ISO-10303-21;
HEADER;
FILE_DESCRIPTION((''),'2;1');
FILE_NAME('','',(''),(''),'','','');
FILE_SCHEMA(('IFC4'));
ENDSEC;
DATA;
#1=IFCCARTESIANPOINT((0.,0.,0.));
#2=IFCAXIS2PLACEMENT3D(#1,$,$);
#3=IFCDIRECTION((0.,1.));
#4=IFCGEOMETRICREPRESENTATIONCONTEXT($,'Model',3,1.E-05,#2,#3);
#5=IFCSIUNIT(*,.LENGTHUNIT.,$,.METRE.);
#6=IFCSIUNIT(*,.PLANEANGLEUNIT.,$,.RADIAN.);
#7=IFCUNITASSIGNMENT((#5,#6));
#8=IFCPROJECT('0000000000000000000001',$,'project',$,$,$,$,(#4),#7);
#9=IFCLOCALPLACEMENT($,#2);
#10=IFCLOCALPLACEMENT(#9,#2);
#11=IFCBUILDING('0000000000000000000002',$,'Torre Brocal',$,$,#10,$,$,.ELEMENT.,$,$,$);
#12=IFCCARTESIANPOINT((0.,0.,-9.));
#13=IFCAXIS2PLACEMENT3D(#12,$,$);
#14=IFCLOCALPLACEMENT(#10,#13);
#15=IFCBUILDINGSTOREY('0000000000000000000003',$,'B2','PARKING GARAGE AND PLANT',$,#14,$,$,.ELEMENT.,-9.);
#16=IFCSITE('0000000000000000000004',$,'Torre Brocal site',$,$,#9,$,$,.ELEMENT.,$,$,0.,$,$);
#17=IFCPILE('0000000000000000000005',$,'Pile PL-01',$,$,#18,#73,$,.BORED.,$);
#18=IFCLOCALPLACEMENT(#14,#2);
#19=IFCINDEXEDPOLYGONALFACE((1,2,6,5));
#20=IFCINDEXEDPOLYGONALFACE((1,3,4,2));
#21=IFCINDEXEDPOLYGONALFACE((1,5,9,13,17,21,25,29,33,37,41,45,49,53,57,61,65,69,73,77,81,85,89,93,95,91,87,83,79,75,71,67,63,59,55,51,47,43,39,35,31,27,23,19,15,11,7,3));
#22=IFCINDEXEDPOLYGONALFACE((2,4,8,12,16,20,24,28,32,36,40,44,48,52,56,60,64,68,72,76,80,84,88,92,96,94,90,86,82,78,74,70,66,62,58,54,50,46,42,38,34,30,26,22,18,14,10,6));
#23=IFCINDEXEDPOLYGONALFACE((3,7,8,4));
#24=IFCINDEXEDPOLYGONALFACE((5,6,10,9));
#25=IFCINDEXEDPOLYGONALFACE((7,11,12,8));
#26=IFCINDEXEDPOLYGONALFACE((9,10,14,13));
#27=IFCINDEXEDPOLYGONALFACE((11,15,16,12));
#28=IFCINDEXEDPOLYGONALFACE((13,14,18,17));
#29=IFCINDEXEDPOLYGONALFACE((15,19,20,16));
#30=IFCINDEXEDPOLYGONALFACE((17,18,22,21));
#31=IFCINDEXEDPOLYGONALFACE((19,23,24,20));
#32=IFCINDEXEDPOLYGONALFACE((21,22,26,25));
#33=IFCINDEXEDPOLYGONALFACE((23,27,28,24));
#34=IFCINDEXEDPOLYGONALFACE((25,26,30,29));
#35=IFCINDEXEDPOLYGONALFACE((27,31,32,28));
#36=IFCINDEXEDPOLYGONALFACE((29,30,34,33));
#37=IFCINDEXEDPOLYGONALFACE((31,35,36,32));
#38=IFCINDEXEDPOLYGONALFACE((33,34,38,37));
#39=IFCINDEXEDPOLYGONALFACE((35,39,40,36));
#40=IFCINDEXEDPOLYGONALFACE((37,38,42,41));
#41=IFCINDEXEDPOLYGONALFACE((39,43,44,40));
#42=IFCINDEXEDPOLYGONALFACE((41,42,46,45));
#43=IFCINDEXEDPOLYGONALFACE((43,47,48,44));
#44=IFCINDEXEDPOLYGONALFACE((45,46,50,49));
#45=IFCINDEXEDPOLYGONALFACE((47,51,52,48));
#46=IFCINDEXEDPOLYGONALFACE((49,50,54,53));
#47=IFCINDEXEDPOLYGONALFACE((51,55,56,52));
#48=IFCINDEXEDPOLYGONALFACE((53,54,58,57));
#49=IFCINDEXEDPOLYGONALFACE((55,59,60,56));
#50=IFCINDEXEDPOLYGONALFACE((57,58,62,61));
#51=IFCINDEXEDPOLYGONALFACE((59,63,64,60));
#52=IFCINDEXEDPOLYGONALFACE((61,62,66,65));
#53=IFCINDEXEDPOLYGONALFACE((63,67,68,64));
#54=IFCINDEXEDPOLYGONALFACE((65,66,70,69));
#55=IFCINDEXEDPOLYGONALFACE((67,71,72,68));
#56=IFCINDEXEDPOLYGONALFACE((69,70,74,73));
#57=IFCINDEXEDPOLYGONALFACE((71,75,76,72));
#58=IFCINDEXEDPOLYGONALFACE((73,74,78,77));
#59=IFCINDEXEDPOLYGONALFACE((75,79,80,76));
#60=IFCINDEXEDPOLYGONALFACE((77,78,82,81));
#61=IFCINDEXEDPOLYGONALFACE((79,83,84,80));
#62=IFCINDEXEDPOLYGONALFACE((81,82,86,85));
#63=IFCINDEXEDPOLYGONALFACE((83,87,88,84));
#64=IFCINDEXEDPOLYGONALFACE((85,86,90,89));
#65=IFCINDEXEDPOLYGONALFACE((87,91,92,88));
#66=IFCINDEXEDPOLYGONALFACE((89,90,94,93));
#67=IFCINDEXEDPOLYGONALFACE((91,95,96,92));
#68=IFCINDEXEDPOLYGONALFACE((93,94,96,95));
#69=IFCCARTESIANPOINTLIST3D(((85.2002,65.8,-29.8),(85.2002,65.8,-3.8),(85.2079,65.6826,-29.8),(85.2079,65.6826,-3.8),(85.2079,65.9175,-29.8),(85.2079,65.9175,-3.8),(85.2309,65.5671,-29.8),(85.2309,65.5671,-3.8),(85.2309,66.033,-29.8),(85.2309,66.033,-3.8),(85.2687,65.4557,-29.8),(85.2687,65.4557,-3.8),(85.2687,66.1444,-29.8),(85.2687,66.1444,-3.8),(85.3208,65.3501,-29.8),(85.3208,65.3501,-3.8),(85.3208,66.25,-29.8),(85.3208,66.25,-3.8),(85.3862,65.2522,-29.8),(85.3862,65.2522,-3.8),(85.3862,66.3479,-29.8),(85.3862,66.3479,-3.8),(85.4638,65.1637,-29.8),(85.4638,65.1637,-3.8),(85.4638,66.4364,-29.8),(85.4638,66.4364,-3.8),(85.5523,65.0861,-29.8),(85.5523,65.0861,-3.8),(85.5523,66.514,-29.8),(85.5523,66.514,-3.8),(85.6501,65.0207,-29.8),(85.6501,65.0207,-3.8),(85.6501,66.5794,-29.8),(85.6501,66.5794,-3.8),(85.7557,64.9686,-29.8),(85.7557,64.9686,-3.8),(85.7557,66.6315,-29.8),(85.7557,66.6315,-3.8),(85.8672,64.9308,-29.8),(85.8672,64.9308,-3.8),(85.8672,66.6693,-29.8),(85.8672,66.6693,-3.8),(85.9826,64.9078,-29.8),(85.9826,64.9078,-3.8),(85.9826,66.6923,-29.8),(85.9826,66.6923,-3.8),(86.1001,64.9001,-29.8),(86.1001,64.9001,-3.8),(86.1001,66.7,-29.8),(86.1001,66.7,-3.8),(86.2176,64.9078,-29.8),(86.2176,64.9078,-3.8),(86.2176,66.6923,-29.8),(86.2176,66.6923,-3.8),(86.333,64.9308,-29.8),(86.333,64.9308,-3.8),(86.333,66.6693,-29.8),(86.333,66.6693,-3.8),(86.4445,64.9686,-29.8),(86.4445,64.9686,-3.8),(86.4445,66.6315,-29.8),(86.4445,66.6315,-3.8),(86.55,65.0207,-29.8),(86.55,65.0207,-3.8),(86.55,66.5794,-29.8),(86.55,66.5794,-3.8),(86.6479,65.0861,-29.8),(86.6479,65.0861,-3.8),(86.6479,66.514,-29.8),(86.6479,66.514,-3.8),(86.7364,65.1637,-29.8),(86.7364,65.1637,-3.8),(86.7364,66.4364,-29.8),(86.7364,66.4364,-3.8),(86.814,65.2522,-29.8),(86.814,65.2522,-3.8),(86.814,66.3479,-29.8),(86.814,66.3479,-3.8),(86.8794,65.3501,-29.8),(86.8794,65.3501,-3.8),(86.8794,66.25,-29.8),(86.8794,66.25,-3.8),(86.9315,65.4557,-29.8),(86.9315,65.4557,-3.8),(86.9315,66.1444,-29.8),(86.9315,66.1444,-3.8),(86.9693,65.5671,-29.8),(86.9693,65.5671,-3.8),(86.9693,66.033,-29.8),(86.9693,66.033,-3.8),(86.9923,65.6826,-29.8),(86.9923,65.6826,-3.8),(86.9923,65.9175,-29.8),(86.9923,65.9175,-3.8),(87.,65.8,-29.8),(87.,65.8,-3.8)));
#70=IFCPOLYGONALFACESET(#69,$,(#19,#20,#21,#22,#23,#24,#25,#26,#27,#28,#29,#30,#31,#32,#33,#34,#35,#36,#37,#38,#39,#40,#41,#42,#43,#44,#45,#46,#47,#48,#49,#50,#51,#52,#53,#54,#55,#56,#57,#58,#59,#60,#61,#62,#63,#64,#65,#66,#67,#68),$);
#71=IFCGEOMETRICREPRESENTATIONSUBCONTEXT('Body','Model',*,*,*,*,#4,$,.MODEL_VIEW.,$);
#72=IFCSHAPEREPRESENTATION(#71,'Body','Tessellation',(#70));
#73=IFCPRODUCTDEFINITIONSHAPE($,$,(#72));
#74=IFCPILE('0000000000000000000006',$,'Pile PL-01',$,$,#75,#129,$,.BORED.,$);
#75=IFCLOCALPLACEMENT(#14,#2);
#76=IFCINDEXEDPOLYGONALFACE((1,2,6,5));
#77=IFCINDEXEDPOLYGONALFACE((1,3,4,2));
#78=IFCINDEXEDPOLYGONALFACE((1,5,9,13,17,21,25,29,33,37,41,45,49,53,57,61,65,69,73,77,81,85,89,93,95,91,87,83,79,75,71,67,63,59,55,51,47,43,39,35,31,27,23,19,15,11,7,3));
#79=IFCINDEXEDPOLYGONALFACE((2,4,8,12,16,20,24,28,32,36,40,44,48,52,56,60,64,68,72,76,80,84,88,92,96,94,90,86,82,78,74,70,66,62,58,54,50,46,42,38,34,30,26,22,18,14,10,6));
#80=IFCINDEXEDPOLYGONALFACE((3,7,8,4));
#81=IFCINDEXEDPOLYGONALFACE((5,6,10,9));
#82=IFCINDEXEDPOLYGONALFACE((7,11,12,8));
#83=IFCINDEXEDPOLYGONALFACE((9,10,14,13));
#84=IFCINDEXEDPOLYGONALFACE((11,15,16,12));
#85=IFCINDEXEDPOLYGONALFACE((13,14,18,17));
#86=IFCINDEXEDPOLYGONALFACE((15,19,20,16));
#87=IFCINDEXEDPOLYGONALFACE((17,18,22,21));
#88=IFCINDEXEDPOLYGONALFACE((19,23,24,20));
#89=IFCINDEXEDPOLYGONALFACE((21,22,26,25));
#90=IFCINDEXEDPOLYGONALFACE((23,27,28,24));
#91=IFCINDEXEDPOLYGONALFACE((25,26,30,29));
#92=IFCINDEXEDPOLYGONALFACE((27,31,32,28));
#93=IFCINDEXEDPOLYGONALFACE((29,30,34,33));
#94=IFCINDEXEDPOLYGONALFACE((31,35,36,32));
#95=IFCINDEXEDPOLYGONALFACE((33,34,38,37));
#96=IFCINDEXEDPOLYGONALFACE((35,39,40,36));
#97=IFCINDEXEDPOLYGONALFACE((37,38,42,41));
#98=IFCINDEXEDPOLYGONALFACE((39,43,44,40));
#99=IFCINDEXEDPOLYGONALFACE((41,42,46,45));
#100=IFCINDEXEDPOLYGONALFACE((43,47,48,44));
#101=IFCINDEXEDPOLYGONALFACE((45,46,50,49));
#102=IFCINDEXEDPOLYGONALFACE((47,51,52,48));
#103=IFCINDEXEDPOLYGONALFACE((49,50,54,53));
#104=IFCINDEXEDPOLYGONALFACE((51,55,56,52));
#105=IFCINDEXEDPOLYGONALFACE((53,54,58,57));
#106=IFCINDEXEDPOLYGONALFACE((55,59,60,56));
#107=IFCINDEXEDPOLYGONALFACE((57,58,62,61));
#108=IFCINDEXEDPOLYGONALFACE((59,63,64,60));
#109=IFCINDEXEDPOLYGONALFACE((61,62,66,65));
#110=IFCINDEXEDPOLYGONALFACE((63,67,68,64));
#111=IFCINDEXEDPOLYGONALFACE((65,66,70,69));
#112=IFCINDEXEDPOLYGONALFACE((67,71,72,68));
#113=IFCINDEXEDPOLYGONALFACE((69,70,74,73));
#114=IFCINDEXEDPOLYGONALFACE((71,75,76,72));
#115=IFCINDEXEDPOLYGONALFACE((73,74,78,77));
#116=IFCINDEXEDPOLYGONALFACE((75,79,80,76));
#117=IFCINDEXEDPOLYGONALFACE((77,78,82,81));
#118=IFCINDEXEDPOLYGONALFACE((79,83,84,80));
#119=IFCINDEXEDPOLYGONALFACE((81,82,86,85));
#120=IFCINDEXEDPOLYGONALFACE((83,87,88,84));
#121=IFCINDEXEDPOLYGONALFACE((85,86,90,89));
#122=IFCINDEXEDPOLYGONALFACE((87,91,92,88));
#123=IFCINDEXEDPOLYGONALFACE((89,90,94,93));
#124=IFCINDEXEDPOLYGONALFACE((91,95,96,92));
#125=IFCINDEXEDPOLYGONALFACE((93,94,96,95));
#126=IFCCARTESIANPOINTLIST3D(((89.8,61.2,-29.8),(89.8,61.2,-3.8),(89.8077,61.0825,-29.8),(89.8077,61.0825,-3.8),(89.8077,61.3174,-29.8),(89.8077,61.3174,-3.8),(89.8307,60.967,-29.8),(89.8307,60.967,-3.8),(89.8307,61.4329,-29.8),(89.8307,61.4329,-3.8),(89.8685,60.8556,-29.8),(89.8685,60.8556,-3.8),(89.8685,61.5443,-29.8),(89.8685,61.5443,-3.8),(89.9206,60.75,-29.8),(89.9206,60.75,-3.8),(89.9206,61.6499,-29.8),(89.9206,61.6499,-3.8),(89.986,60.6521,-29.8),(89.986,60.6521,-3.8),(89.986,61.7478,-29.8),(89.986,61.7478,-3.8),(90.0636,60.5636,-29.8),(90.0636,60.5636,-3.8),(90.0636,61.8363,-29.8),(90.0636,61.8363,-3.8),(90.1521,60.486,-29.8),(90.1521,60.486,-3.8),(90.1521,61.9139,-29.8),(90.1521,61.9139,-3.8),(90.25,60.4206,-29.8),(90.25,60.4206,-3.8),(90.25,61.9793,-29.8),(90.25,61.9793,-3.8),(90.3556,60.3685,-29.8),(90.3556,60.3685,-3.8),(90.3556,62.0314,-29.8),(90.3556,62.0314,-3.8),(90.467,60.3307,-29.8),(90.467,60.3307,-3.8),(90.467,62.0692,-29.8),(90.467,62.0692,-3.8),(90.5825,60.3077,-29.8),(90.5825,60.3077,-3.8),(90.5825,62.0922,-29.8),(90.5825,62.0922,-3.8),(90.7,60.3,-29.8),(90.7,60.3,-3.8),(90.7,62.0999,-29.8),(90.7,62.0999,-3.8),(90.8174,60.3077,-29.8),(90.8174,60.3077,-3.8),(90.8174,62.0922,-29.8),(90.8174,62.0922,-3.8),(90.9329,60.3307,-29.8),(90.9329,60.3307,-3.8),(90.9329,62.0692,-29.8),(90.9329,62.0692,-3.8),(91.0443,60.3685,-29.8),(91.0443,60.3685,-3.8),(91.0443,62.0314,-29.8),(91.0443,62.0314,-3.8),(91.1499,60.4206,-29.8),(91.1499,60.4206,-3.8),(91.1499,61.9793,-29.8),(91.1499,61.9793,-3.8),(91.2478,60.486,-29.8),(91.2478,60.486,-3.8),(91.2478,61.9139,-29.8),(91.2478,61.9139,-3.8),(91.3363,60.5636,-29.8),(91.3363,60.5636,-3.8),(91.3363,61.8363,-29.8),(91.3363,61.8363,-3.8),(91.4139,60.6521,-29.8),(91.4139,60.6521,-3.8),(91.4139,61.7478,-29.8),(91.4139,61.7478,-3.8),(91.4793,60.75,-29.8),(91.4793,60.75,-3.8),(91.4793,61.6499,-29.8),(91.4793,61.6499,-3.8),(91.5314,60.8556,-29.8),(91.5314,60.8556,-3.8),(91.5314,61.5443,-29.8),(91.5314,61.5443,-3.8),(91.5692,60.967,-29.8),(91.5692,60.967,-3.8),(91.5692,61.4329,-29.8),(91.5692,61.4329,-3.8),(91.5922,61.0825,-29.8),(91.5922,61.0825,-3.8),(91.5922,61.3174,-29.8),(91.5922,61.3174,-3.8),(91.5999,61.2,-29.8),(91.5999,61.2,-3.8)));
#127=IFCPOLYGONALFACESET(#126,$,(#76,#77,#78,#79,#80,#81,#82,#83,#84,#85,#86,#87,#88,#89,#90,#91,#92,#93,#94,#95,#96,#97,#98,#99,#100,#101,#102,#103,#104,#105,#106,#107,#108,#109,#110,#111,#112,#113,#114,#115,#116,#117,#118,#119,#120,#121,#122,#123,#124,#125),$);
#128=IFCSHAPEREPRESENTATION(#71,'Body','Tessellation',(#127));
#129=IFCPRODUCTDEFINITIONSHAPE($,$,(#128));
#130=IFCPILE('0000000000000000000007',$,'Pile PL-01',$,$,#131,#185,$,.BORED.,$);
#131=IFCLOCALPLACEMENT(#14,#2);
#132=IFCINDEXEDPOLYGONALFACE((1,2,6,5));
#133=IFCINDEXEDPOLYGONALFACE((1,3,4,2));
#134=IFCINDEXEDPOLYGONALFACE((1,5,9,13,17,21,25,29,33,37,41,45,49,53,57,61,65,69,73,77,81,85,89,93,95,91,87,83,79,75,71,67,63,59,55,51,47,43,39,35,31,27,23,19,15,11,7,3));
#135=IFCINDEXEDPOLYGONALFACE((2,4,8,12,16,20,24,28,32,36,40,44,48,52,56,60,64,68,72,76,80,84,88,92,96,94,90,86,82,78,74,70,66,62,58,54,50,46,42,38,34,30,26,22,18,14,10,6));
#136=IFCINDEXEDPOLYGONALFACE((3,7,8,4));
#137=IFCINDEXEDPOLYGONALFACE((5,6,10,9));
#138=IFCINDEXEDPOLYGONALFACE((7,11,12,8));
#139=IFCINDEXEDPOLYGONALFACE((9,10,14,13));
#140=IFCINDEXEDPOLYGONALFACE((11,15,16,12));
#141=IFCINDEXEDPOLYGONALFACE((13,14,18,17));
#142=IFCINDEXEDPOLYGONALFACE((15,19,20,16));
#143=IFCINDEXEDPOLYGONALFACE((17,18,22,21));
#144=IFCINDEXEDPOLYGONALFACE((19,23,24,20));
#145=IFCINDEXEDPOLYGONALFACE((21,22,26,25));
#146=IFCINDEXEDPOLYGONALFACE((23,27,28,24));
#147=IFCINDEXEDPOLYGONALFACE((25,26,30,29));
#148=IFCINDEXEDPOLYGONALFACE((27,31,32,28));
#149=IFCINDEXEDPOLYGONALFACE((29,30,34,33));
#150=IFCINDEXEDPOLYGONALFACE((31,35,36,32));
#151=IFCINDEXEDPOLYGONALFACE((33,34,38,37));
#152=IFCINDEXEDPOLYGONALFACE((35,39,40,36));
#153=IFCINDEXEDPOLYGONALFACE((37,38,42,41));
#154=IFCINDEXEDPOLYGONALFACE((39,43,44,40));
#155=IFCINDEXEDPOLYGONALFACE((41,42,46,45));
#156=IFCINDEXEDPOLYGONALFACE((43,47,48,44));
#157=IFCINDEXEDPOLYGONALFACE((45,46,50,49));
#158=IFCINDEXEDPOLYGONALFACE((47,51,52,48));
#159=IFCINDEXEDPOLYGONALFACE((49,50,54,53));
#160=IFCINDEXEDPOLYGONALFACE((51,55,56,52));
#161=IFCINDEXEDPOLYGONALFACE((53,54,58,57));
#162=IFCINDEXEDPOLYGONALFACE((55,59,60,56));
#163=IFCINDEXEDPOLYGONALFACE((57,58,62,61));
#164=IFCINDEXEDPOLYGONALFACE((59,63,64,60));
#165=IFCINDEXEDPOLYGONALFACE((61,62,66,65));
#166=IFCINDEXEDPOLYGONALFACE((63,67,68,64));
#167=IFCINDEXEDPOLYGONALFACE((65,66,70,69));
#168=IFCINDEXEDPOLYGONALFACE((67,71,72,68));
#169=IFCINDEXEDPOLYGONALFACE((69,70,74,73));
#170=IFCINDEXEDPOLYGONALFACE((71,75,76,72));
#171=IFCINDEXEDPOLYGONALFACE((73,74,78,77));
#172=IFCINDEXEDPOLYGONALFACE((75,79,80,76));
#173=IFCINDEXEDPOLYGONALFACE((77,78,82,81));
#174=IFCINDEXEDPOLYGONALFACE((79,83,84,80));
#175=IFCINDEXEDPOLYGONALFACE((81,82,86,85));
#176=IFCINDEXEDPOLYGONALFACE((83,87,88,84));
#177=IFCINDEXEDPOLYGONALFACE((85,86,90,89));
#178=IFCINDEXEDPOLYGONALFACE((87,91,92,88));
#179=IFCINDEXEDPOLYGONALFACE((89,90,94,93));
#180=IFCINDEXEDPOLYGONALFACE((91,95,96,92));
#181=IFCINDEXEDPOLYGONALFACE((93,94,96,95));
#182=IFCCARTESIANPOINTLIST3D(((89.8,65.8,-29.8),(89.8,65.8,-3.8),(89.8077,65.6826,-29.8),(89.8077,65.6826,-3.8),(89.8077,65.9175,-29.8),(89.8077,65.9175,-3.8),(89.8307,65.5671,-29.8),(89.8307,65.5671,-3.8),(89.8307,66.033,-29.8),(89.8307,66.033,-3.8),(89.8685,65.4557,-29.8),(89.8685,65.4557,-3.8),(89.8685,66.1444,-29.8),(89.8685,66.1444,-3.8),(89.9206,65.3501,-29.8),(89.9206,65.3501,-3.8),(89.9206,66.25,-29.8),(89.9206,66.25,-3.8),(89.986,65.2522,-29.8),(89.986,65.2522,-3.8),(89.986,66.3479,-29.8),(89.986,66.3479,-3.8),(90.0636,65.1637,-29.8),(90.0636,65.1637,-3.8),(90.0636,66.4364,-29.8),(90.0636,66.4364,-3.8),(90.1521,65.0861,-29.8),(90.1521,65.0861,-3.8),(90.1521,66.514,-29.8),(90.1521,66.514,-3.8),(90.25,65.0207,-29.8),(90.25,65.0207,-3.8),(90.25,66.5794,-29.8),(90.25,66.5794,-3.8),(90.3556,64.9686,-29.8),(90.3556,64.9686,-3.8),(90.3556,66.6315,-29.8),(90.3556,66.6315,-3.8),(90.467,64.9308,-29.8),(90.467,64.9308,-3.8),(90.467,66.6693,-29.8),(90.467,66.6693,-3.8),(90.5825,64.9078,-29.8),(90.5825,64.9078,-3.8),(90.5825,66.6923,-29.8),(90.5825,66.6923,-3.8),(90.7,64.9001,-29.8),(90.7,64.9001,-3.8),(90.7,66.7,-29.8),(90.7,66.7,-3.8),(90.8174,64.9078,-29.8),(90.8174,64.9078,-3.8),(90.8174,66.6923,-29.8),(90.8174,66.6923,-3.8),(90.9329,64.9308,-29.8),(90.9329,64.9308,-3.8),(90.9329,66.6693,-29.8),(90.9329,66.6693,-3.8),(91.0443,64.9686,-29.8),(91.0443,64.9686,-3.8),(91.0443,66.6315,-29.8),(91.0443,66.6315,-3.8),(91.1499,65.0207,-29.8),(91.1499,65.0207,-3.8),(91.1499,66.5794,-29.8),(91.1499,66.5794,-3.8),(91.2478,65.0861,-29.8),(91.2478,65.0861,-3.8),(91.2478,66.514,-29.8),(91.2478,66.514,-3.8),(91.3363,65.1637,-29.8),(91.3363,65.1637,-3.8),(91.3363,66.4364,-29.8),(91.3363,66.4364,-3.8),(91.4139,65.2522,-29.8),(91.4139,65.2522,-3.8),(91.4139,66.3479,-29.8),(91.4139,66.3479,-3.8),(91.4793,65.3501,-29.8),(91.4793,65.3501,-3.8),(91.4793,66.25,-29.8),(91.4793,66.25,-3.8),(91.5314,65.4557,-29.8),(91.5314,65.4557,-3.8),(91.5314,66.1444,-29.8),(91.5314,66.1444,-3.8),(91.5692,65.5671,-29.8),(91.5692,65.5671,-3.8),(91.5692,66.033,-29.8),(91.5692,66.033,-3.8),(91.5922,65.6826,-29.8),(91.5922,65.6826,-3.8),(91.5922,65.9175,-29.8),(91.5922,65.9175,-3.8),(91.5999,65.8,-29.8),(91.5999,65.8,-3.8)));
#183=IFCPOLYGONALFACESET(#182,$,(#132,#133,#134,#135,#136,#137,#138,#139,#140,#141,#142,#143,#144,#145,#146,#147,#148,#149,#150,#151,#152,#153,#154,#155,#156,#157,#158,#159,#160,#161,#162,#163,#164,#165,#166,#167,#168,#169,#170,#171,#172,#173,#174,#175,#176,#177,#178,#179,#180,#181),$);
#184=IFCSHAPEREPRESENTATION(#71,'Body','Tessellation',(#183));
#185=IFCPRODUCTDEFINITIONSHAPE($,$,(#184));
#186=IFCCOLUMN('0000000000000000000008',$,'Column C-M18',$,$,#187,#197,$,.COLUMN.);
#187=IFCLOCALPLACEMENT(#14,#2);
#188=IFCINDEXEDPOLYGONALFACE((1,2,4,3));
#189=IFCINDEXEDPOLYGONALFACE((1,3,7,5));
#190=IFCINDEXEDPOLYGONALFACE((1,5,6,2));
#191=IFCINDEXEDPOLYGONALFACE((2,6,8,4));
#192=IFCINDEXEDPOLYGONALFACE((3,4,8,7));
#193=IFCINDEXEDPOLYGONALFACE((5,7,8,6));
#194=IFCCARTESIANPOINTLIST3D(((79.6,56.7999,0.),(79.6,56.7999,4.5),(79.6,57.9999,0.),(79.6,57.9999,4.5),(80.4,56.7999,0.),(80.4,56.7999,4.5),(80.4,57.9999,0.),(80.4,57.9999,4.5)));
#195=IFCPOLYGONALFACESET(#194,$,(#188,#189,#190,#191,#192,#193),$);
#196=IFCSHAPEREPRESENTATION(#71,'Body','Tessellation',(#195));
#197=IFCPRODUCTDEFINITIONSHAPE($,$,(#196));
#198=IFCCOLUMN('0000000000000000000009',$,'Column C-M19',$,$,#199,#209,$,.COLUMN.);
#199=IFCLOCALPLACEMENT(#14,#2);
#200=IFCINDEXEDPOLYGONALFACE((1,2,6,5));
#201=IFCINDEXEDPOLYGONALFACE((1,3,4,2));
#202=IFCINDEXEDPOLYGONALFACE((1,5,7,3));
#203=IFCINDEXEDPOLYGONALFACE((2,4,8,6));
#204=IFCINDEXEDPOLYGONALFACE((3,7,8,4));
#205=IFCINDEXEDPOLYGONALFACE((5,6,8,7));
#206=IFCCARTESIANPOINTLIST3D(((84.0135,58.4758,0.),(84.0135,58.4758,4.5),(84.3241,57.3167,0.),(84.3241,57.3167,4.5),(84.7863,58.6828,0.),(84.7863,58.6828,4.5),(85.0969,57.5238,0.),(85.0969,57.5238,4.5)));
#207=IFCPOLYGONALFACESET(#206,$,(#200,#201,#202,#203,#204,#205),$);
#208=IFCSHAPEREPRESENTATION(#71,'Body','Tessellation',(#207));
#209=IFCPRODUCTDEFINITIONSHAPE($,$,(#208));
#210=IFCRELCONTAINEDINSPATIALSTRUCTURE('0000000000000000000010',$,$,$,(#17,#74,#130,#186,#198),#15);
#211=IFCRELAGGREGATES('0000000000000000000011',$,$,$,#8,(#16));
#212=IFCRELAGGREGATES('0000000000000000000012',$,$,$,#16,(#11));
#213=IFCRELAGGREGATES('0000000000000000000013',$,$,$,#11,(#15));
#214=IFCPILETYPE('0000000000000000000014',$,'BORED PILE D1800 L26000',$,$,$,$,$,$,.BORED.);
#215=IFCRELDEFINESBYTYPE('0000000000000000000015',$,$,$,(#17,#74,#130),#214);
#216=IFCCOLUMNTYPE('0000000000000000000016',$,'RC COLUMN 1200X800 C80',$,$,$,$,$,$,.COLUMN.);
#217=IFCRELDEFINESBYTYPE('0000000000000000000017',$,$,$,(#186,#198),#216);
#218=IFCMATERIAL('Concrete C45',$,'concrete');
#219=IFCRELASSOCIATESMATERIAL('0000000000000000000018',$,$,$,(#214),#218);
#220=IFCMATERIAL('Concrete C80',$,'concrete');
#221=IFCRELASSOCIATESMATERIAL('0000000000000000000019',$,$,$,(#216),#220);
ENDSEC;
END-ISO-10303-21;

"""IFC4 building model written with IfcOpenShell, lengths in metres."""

from ifc_helpers import new_model, si_unit, direction, frame, origin, origin_2d, place, context, subcontext, project, spatial, rectangle, circle, extrude, material, material_profile, profile_set, type_object, element, save


model = new_model("IFC4")

# Units and contexts
model_context = context("Model", 3, precision=1e-05, world=origin(), true_north=direction((0.0, 1.0)))
body_context = subcontext(model_context, "Body", "Model", "MODEL_VIEW")
ifc_project = project(units=[si_unit("LENGTHUNIT", "METRE"), si_unit("PLANEANGLEUNIT", "RADIAN")], contexts=[model_context])

# Site, building, storey
site_placement = place(None, origin())
site = spatial("IfcSite", under=ifc_project, at=site_placement, Name="Torre Brocal site", CompositionType="ELEMENT", RefElevation=0.0)
building_placement = place(site_placement, origin())
building = spatial("IfcBuilding", under=site, at=building_placement, Name="Torre Brocal", CompositionType="ELEMENT")
storey_placement = place(building_placement, frame((0.0, 0.0, -9.0)))
storey = spatial("IfcBuildingStorey", under=building, at=storey_placement, Name="B2", Description="PARKING GARAGE AND PLANT", CompositionType="ELEMENT", Elevation=-9.0)

# Piles
ifc_material_1 = material(Name="Concrete C45", Category="concrete")
ifc_material_profile_1 = material_profile(ifc_material_1, circle(Radius=0.8999, at=origin_2d()), Name="BORED PILE D1800")
ifc_profile_set_1 = profile_set([ifc_material_profile_1], Name="Concrete C45")
pile_type_1 = type_object("IfcPileType", Name="BORED PILE D1800 L26000", PredefinedType="BORED", material=ifc_profile_set_1)
for number, where, z_axis, x_axis, name in (
    (1, (86.1001, 65.8, -3.8), (0.0, 0.0, -1.0), (1.0, 0.0, 0.0), "Pile PL-01"),
    (2, (90.7, 61.2, -3.8), (0.0, 0.0, -1.0), (1.0, 0.0, 0.0), "Pile PL-01"),
    (3, (90.7, 65.8, -3.8), (0.0, 0.0, -1.0), (1.0, 0.0, 0.0), "Pile PL-01"),
):
    element("IfcPile", number, at=place(storey_placement, frame(where, z_axis=z_axis, x_axis=x_axis)), inside=storey, type_object=pile_type_1, Name=name, PredefinedType="BORED", context=body_context, shape_type="SweptSolid", body=[
        extrude(circle(Radius=0.8999, at=origin_2d()), origin(), (0.0, 0.0, 1.0), 26.0),
    ])

# Columns
ifc_material_2 = material(Name="Concrete C80", Category="concrete")
ifc_material_profile_2 = material_profile(ifc_material_2, rectangle(XDim=1.2, YDim=0.8, at=origin_2d()), Name="RC 1200X800")
ifc_profile_set_2 = profile_set([ifc_material_profile_2], Name="Concrete C80")
column_type_1 = type_object("IfcColumnType", Name="RC COLUMN 1200X800 C80", PredefinedType="COLUMN", material=ifc_profile_set_2)
for number, where, z_axis, x_axis, name in (
    (4, (80.0, 57.3999, 0.0), (0.0, 0.0, 1.0), (0.0, -1.0, 0.0), "Column C-M18"),
    (5, (84.5552, 57.9998, 0.0), (0.0, 0.0, 1.0), (0.258819, -0.965926, 0.0), "Column C-M19"),
):
    element("IfcColumn", number, at=place(storey_placement, frame(where, z_axis=z_axis, x_axis=x_axis)), inside=storey, type_object=column_type_1, Name=name, PredefinedType="COLUMN", context=body_context, shape_type="SweptSolid", body=[
        extrude(rectangle(XDim=1.2, YDim=0.8, at=origin_2d()), origin(), (0.0, 0.0, 1.0), 4.5),
    ])

save(model, "model.ifc")
